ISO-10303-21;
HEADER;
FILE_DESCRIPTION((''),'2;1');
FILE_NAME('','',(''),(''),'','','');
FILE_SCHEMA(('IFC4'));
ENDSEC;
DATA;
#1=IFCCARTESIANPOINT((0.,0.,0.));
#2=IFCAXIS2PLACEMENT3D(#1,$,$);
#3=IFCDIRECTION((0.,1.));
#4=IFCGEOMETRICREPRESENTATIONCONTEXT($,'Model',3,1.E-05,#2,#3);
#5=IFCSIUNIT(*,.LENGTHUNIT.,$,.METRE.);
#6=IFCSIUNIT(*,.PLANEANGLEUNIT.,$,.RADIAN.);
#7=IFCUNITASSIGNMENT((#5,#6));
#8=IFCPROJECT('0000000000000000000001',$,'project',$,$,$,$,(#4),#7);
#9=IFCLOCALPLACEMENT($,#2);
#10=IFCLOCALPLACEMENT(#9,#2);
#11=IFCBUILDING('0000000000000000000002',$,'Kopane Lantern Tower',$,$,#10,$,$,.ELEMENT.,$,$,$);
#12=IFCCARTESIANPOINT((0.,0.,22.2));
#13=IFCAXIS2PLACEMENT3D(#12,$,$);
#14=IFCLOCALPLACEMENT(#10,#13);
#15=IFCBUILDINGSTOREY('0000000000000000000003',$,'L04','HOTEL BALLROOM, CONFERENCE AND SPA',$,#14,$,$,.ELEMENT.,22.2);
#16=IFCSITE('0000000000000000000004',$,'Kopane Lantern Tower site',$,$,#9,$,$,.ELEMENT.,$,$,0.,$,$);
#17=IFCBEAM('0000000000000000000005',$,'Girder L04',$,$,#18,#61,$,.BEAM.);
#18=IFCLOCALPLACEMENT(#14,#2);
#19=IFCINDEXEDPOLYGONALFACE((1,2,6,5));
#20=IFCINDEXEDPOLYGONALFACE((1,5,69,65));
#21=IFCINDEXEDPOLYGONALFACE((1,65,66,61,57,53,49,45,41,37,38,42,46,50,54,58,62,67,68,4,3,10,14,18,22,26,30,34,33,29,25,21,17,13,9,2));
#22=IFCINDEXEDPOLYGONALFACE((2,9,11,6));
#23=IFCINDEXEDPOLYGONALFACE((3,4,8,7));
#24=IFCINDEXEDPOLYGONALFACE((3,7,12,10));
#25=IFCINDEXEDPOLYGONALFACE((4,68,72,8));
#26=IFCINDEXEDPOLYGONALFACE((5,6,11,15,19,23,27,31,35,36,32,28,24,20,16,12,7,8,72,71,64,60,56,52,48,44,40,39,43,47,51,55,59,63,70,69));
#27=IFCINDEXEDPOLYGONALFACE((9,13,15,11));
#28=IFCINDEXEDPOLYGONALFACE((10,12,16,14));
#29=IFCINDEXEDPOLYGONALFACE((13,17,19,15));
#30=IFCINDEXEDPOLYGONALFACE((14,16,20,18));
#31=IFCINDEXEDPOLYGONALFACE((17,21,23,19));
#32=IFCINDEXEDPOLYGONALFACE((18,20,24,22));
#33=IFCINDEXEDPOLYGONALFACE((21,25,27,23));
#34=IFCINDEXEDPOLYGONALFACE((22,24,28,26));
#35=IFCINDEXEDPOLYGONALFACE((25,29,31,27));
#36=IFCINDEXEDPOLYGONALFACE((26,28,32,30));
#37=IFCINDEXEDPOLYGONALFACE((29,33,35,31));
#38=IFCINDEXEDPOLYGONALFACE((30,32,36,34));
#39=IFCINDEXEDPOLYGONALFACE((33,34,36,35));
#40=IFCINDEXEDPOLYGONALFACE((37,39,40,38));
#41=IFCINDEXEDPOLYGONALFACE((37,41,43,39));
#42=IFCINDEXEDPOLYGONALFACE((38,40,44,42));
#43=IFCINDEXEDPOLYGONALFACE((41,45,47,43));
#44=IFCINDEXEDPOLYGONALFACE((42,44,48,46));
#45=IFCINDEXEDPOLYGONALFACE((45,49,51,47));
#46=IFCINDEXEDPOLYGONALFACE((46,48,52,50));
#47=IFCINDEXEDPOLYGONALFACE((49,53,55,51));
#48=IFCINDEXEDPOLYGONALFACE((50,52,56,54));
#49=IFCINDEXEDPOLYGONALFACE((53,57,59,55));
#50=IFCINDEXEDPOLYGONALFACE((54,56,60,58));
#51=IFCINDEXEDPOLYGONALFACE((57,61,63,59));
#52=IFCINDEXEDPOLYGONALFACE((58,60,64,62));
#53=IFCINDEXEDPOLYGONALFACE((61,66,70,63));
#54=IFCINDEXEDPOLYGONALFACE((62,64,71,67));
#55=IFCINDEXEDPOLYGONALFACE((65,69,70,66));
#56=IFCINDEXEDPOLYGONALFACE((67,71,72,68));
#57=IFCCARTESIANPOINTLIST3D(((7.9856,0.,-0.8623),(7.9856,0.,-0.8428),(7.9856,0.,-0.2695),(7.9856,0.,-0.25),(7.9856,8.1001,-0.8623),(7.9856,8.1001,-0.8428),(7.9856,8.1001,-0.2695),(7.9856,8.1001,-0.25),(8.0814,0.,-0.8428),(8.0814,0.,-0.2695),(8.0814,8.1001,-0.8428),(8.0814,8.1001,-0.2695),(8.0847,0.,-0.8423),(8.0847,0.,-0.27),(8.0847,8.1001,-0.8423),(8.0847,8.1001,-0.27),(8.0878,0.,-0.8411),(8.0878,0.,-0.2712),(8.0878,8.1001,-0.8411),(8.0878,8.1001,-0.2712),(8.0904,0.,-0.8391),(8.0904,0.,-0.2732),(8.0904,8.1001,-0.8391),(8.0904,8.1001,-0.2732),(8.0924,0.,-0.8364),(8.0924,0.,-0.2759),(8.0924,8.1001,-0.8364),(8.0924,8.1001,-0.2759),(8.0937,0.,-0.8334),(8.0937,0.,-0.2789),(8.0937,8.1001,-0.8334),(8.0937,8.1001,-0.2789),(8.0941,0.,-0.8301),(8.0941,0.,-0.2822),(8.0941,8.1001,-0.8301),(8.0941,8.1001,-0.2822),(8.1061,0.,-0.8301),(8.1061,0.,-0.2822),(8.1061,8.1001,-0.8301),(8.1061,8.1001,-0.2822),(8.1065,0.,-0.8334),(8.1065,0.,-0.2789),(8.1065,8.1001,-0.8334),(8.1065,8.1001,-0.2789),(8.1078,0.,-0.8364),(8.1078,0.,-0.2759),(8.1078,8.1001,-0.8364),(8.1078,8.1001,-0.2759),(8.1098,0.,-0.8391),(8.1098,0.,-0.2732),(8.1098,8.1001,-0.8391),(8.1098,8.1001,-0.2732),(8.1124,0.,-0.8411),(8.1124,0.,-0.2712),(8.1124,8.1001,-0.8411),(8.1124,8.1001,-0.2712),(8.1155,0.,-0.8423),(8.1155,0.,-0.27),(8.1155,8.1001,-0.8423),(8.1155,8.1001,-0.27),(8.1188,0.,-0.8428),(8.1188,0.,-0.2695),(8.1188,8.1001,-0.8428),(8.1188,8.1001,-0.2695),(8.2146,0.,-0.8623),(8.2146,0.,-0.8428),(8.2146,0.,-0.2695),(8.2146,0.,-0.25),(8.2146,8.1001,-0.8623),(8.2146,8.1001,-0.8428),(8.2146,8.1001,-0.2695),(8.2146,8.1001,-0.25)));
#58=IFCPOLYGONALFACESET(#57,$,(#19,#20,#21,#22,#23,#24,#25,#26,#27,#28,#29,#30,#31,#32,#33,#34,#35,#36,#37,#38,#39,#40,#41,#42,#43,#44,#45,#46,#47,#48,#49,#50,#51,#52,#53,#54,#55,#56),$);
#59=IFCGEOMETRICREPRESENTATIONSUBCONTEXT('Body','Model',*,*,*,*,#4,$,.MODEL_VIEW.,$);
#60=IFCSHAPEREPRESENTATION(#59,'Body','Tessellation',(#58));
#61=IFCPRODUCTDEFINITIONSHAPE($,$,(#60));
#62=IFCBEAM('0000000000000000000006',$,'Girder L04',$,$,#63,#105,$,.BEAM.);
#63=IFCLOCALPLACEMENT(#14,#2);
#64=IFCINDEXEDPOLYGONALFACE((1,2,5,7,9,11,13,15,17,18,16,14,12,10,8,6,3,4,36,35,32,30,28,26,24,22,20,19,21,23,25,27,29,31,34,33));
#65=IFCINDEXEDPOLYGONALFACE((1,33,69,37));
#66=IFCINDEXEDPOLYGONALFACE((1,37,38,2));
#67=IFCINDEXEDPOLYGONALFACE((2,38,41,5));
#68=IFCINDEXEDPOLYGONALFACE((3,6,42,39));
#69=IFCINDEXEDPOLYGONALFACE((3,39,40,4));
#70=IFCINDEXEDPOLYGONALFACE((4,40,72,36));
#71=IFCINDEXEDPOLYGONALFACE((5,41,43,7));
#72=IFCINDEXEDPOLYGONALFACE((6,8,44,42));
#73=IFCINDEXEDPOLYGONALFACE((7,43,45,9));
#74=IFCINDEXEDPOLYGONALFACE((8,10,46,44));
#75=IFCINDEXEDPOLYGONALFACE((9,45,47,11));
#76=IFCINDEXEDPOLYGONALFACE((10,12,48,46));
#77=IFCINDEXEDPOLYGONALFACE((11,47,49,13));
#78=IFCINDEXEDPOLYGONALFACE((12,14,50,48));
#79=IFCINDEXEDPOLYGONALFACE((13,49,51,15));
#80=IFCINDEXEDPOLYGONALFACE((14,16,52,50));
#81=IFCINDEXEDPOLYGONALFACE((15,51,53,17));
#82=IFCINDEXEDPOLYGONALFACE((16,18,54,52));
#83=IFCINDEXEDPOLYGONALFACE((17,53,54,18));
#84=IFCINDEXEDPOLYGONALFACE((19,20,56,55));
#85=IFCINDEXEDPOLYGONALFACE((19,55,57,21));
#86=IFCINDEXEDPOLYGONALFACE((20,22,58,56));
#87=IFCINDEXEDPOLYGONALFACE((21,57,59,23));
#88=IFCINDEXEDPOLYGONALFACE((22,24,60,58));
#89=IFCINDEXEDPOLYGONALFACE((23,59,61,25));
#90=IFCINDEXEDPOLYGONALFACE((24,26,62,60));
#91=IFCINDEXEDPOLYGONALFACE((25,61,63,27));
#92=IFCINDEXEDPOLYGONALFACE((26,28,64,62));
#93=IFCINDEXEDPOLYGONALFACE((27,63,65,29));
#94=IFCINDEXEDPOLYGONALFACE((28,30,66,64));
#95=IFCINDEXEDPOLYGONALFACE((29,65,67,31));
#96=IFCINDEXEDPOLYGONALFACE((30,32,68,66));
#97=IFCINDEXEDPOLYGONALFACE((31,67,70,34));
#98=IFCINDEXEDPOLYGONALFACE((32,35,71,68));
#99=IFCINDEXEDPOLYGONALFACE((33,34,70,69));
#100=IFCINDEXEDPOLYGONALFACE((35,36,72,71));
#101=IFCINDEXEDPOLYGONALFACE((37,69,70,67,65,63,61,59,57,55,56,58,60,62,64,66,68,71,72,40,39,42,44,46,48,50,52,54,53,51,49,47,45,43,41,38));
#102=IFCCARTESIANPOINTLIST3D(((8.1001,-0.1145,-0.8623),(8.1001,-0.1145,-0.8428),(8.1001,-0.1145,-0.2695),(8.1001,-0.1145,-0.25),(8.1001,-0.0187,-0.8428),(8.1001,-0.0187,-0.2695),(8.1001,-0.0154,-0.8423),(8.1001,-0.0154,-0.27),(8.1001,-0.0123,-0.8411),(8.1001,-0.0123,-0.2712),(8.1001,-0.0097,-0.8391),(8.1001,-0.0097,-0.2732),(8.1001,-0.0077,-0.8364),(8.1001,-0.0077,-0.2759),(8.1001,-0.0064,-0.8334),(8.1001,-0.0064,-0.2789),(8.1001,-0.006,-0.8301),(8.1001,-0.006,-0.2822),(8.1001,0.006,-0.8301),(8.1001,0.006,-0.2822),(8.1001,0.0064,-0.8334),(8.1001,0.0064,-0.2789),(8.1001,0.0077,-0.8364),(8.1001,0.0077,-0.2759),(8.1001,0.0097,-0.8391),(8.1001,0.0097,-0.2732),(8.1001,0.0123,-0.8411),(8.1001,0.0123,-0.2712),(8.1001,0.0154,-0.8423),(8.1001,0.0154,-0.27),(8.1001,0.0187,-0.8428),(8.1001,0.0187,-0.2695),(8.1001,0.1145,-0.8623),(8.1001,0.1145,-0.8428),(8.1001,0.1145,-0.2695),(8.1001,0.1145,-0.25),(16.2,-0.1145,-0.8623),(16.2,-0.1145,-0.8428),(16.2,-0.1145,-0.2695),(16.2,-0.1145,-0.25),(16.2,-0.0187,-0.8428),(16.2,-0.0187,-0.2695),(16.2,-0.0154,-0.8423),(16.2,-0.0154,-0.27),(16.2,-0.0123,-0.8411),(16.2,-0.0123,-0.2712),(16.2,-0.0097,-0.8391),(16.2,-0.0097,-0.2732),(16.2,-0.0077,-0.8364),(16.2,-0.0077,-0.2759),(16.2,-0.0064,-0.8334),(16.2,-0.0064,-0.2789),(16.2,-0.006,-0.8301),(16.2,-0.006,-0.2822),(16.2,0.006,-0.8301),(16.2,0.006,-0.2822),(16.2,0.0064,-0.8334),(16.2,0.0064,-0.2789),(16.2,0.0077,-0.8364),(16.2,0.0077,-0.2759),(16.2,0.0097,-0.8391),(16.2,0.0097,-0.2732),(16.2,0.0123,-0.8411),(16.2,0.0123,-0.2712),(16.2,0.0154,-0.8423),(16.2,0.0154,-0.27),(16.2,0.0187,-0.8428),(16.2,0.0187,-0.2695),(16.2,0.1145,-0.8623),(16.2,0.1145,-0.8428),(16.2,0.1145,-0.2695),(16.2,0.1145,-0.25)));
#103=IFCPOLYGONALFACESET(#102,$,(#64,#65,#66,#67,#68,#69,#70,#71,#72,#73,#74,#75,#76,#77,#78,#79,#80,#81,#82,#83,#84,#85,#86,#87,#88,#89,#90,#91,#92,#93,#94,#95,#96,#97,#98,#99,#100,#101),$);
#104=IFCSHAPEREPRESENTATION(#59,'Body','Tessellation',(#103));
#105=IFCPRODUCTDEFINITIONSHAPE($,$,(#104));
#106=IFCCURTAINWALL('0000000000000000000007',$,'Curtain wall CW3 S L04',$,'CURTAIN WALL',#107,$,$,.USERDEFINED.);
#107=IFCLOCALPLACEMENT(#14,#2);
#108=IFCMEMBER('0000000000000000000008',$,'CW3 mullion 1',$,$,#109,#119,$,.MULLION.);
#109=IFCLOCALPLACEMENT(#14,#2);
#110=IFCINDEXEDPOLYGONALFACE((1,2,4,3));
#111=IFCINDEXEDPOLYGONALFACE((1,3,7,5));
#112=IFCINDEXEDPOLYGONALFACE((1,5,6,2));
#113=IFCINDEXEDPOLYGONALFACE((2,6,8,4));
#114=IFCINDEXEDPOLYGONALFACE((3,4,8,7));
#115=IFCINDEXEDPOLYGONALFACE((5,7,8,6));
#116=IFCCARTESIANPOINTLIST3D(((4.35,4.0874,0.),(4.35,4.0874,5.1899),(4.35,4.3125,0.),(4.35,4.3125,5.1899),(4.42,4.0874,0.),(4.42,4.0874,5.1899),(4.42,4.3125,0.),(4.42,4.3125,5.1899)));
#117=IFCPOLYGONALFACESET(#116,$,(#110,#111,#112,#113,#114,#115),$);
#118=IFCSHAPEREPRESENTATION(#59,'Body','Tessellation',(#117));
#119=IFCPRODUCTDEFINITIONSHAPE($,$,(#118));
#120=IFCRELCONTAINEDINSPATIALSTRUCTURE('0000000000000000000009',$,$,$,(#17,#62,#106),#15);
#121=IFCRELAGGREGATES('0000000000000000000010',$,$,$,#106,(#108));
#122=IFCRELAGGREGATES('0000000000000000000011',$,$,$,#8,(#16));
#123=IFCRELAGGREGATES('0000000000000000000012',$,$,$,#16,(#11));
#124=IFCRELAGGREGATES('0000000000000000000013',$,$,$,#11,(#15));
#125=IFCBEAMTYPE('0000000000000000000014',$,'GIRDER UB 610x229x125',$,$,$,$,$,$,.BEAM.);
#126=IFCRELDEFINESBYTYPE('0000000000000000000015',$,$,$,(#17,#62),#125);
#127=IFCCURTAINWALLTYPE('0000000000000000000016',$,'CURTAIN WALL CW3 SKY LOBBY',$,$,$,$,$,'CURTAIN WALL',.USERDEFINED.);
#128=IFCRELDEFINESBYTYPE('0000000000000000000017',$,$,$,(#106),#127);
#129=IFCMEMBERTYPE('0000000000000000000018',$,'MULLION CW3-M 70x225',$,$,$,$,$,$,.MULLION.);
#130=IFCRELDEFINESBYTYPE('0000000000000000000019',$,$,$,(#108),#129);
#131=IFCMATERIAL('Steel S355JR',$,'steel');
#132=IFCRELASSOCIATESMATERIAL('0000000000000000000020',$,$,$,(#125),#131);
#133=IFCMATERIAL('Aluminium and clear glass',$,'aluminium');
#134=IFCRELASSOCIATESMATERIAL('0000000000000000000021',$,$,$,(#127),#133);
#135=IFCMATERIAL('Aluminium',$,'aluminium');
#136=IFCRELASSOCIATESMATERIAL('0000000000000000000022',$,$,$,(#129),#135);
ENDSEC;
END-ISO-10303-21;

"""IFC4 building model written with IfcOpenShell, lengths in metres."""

from ifc_helpers import new_model, si_unit, direction, frame, origin, origin_2d, place, context, subcontext, project, spatial, rectangle, i_section, extrude, material, material_profile, profile_set, type_object, element, aggregate, save


model = new_model("IFC4")

# Units and contexts
model_context = context("Model", 3, precision=1e-05, world=origin(), true_north=direction((0.0, 1.0)))
body_context = subcontext(model_context, "Body", "Model", "MODEL_VIEW")
ifc_project = project(units=[si_unit("LENGTHUNIT", "METRE"), si_unit("PLANEANGLEUNIT", "RADIAN")], contexts=[model_context])

# Site, building, storey
site_placement = place(None, origin())
site = spatial("IfcSite", under=ifc_project, at=site_placement, Name="Kopane Lantern Tower site", CompositionType="ELEMENT", RefElevation=0.0)
building_placement = place(site_placement, origin())
building = spatial("IfcBuilding", under=site, at=building_placement, Name="Kopane Lantern Tower", CompositionType="ELEMENT")
storey_placement = place(building_placement, frame((0.0, 0.0, 22.2)))
storey = spatial("IfcBuildingStorey", under=building, at=storey_placement, Name="L04", Description="HOTEL BALLROOM, CONFERENCE AND SPA", CompositionType="ELEMENT", Elevation=22.2)

# Beams
ifc_material_1 = material(Name="Steel S355JR", Category="steel")
ifc_material_profile_1 = material_profile(ifc_material_1, i_section(OverallWidth=0.229, OverallDepth=0.6123, WebThickness=0.012, FlangeThickness=0.0195, FilletRadius=0.0127, at=origin_2d()), Name="UB 610x229x125")
ifc_profile_set_1 = profile_set([ifc_material_profile_1], Name="Steel S355JR")
beam_type_1 = type_object("IfcBeamType", Name="GIRDER UB 610x229x125", PredefinedType="BEAM", material=ifc_profile_set_1)
beam_1_placement = place(storey_placement, frame((8.1001, 0.0, -0.5562), z_axis=(0.0, 1.0, 0.0), x_axis=(-1.0, 0.0, 0.0)))
element("IfcBeam", 1, at=beam_1_placement, inside=storey, type_object=beam_type_1, Name="Girder L04", PredefinedType="BEAM", context=body_context, shape_type="SweptSolid", body=[
    extrude(i_section(OverallWidth=0.229, OverallDepth=0.6123, WebThickness=0.012, FlangeThickness=0.0195, FilletRadius=0.0127, at=origin_2d()), origin(), (0.0, 0.0, 1.0), 8.1001),
])
beam_2_placement = place(storey_placement, frame((8.1001, 0.0, -0.5562), z_axis=(1.0, 0.0, 0.0), x_axis=(0.0, 1.0, 0.0)))
element("IfcBeam", 2, at=beam_2_placement, inside=storey, type_object=beam_type_1, Name="Girder L04", PredefinedType="BEAM", context=body_context, shape_type="SweptSolid", body=[
    extrude(i_section(OverallWidth=0.229, OverallDepth=0.6123, WebThickness=0.012, FlangeThickness=0.0195, FilletRadius=0.0127, at=origin_2d()), origin(), (0.0, 0.0, 1.0), 8.0999),
])

# Curtain wall, member
ifc_material_2 = material(Name="Aluminium and clear glass", Category="aluminium")
curtain_wall_type = type_object("IfcCurtainWallType", Name="CURTAIN WALL CW3 SKY LOBBY", ElementType="CURTAIN WALL", PredefinedType="USERDEFINED", material=ifc_material_2)
curtain_wall_placement = place(storey_placement, origin())
curtain_wall = element("IfcCurtainWall", 3, at=curtain_wall_placement, inside=storey, type_object=curtain_wall_type, Name="Curtain wall CW3 S L04", ObjectType="CURTAIN WALL", PredefinedType="USERDEFINED")
ifc_material_3 = material(Name="Aluminium", Category="aluminium")
ifc_material_profile_2 = material_profile(ifc_material_3, rectangle(XDim=0.0701, YDim=0.2251, at=origin_2d()), Name="AL 70x225")
ifc_profile_set_2 = profile_set([ifc_material_profile_2], Name="Aluminium")
member_type = type_object("IfcMemberType", Name="MULLION CW3-M 70x225", PredefinedType="MULLION", material=ifc_profile_set_2)
member_placement = place(storey_placement, frame((4.385, 4.2, 0.0), z_axis=(0.0, 0.0, 1.0), x_axis=(1.0, 0.0, 0.0)))
member = element("IfcMember", 4, at=member_placement, type_object=member_type, Name="CW3 mullion 1", PredefinedType="MULLION", context=body_context, shape_type="SweptSolid", body=[
    extrude(rectangle(XDim=0.0701, YDim=0.2251, at=origin_2d()), origin(), (0.0, 0.0, 1.0), 5.1899),
])
aggregate(curtain_wall, [member])

save(model, "model.ifc")
